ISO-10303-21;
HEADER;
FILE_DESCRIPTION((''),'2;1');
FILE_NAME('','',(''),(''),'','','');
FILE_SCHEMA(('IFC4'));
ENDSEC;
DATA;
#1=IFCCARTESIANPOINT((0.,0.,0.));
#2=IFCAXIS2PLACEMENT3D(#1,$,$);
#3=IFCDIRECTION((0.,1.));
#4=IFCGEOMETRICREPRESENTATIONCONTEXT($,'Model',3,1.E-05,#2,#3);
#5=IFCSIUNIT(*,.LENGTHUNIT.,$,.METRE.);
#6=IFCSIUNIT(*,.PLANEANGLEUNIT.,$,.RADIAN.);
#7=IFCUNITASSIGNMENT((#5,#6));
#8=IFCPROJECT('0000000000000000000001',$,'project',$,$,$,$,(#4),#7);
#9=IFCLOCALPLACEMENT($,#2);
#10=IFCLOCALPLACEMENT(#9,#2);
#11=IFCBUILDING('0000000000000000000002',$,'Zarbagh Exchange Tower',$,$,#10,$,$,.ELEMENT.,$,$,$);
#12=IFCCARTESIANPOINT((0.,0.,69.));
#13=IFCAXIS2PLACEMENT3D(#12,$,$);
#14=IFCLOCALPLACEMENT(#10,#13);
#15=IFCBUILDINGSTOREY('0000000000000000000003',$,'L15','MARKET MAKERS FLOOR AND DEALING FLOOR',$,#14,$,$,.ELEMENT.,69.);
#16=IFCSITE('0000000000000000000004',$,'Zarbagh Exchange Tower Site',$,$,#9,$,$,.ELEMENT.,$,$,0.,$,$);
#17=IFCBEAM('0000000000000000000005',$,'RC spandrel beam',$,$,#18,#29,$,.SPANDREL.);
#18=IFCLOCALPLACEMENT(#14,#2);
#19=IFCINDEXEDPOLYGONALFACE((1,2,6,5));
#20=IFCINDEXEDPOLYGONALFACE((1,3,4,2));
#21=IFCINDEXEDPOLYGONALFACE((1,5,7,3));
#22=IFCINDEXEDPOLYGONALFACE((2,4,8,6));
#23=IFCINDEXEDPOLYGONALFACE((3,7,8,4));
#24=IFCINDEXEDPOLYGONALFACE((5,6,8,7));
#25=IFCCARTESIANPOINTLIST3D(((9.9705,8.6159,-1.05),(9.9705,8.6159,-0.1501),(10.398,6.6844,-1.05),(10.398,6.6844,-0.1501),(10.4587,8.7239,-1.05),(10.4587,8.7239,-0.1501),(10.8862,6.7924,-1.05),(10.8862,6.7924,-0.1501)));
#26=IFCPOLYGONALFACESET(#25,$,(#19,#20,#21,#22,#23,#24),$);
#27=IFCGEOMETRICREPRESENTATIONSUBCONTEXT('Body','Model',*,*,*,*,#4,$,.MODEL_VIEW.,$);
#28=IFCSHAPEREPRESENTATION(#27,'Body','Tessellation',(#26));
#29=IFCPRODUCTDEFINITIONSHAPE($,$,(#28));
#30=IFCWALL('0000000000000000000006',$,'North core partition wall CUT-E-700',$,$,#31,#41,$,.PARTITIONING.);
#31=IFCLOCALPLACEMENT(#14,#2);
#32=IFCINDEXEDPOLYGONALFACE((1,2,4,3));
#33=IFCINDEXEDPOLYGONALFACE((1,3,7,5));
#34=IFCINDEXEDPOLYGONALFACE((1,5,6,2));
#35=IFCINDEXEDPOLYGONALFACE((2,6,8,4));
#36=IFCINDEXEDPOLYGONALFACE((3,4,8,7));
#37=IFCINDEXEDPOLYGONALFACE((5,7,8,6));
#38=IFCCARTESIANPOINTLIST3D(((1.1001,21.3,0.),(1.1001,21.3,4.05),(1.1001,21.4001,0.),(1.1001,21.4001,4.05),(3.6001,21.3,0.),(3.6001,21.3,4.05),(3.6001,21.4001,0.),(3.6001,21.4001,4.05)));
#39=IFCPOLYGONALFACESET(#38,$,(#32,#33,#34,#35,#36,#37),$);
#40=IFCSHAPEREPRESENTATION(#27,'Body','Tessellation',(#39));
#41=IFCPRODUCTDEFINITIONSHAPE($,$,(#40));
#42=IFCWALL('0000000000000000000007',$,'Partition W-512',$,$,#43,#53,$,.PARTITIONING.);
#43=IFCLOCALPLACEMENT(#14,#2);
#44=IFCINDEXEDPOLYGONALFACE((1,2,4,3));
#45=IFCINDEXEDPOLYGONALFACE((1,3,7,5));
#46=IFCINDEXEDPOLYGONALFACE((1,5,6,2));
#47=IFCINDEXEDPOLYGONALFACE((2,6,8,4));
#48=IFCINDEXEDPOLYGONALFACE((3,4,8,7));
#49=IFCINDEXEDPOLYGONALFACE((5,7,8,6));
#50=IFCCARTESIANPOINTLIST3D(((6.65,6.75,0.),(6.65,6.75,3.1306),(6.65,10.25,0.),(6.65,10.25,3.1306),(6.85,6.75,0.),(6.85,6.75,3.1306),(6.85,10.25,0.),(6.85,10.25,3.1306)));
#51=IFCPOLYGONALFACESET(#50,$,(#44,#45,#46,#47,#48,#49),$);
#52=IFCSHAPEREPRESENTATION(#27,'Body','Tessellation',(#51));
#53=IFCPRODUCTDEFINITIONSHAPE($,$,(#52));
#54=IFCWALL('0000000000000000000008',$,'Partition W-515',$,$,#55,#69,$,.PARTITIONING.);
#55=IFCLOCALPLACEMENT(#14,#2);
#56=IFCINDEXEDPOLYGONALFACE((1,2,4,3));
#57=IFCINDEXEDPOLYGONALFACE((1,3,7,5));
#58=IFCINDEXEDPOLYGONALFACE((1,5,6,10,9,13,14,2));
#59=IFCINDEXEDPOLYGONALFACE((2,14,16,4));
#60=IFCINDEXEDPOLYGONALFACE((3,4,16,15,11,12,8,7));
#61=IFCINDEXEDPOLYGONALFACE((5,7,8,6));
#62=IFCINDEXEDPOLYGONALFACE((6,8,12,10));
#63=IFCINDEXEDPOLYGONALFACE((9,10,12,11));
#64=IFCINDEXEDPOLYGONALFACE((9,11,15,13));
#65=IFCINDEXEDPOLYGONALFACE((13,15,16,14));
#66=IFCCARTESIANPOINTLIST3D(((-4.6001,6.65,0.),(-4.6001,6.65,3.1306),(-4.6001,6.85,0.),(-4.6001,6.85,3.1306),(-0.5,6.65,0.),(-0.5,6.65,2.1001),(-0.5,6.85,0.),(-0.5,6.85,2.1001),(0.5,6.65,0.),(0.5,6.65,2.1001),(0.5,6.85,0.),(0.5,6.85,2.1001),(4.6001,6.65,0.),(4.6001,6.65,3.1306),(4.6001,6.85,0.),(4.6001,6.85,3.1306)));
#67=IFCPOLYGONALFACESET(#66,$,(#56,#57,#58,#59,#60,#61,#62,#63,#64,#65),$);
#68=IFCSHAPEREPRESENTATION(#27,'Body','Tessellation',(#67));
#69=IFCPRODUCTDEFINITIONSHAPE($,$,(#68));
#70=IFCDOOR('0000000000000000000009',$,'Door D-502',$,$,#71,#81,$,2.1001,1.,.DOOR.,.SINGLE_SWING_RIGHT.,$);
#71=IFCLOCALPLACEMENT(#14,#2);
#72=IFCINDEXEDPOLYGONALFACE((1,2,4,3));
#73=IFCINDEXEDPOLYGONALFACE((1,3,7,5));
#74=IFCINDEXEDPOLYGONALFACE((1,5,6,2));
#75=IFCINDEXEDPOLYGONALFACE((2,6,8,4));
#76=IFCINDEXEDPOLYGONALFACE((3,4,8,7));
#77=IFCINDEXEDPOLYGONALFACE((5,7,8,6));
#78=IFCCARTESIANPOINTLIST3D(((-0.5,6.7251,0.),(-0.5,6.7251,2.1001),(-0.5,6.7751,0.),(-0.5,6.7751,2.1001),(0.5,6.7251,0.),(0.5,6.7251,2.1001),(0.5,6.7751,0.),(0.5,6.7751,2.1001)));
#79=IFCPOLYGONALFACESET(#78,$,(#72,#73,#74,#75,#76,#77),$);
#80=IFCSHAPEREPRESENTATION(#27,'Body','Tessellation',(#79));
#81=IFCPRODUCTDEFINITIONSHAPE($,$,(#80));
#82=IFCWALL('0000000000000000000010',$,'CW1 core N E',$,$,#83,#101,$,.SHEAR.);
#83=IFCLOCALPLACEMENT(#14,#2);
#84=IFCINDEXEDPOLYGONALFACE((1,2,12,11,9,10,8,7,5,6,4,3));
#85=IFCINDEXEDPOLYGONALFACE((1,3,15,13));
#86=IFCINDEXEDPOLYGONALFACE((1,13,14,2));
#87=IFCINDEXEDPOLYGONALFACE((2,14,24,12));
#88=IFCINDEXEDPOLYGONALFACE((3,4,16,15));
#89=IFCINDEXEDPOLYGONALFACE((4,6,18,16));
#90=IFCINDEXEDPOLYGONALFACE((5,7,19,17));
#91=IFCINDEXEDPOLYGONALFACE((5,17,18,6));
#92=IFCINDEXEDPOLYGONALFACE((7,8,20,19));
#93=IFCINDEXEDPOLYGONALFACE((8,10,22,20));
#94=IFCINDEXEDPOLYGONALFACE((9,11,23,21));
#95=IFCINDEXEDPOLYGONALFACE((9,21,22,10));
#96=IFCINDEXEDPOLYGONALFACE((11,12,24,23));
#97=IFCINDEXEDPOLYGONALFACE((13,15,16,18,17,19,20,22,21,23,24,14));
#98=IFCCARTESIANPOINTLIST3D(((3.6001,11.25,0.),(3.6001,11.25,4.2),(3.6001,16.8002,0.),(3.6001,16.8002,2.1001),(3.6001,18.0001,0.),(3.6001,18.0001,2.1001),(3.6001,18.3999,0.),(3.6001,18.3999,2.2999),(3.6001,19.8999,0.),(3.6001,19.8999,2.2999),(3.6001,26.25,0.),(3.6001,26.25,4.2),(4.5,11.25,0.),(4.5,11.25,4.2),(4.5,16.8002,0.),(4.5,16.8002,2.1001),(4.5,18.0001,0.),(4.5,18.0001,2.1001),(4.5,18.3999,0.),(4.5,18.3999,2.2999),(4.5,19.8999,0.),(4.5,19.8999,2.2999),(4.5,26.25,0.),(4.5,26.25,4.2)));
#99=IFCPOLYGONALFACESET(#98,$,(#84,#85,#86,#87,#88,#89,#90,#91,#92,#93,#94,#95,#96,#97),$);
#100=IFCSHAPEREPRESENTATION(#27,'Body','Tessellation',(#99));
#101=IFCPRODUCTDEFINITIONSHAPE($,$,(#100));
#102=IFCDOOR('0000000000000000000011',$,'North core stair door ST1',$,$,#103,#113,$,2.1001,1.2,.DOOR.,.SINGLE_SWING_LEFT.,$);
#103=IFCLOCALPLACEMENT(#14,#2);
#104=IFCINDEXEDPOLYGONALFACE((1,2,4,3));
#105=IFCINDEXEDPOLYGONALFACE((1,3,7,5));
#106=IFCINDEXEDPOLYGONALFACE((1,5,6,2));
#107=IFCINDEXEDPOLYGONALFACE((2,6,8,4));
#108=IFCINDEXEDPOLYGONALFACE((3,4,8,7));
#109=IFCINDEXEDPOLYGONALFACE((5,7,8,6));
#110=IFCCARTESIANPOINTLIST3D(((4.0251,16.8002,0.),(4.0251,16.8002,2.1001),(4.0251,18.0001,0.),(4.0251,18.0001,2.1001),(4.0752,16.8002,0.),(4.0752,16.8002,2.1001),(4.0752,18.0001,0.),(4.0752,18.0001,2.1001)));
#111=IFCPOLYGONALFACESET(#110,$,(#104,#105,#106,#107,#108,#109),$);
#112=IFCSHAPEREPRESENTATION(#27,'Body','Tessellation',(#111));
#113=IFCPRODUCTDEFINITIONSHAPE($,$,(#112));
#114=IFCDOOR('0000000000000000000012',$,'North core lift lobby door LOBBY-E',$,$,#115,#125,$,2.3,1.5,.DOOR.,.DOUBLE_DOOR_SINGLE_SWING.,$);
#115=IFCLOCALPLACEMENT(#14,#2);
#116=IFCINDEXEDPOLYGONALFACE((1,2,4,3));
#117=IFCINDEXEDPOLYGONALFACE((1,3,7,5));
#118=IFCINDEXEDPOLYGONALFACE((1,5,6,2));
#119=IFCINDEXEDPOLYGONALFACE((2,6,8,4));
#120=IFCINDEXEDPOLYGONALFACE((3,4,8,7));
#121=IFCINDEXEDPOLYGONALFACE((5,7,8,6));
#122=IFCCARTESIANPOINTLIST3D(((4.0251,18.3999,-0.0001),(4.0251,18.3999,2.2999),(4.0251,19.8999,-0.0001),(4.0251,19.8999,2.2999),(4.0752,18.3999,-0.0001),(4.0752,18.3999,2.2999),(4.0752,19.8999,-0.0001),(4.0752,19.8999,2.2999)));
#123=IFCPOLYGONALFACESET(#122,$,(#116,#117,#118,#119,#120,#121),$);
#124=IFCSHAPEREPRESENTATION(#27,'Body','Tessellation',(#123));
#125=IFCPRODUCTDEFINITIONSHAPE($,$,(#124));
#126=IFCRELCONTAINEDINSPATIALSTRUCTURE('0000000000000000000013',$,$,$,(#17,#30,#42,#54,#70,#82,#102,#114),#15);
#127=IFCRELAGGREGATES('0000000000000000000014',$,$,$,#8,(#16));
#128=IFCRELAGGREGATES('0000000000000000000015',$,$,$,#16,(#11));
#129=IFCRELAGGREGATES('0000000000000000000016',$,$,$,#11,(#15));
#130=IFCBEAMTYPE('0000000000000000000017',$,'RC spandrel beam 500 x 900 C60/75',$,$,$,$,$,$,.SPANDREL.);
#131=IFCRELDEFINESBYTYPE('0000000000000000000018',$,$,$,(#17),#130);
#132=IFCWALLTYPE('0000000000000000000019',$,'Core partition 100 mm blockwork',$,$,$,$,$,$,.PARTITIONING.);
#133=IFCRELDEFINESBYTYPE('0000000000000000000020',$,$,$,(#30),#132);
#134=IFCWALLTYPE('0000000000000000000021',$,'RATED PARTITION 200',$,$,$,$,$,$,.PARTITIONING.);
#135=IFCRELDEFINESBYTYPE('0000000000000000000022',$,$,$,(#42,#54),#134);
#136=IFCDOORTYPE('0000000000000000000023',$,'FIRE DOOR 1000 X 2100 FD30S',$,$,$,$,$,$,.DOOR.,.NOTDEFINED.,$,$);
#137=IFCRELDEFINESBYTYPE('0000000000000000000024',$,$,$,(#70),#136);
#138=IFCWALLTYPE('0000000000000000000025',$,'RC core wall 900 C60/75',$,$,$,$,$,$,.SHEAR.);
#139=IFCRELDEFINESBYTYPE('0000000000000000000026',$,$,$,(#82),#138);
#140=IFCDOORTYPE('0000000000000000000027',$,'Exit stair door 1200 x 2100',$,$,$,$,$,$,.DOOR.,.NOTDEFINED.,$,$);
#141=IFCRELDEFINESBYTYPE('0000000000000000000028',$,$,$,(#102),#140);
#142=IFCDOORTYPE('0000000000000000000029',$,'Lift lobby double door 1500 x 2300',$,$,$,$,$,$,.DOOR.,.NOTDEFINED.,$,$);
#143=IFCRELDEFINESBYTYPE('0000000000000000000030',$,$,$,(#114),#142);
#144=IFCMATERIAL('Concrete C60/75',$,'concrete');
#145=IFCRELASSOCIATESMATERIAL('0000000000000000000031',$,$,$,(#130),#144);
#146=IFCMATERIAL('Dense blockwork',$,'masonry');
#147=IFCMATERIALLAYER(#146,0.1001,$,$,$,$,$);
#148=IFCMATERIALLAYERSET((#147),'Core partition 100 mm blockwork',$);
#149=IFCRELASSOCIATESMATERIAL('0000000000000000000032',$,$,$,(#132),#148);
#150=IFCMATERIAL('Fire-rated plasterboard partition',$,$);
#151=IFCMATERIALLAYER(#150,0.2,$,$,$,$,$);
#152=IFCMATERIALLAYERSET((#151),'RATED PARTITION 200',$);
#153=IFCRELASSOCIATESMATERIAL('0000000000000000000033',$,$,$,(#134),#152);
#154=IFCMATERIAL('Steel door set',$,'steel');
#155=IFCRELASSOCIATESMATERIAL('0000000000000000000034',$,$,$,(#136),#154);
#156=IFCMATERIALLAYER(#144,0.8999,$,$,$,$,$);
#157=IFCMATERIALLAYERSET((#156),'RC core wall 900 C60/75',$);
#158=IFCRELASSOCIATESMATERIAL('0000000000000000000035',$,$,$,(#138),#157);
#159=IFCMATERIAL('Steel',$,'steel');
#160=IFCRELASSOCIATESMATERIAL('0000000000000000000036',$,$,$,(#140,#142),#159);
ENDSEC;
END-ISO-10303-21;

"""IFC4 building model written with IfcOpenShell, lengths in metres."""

from ifc_helpers import new_model, si_unit, direction, frame, frame_2d, origin, origin_2d, place, context, subcontext, project, spatial, rectangle, extrude, material, layer, layer_set, material_profile, profile_set, type_object, element, fill, save


model = new_model("IFC4")

# Units and contexts
model_context = context("Model", 3, precision=1e-05, world=origin(), true_north=direction((0.0, 1.0)))
body_context = subcontext(model_context, "Body", "Model", "MODEL_VIEW")
ifc_project = project(units=[si_unit("LENGTHUNIT", "METRE"), si_unit("PLANEANGLEUNIT", "RADIAN")], contexts=[model_context])

# Site, building, storey
site_placement = place(None, origin())
site = spatial("IfcSite", under=ifc_project, at=site_placement, Name="Zarbagh Exchange Tower Site", CompositionType="ELEMENT", RefElevation=0.0)
building_placement = place(site_placement, origin())
building = spatial("IfcBuilding", under=site, at=building_placement, Name="Zarbagh Exchange Tower", CompositionType="ELEMENT")
storey_placement = place(building_placement, frame((0.0, 0.0, 69.0)))
storey = spatial("IfcBuildingStorey", under=building, at=storey_placement, Name="L15", Description="MARKET MAKERS FLOOR AND DEALING FLOOR", CompositionType="ELEMENT", Elevation=69.0)

# Shared definitions
ifc_material_1 = material(Name="Concrete C60/75", Category="concrete")

# Beam
ifc_material_profile_1 = material_profile(ifc_material_1, rectangle(XDim=0.5, YDim=0.8999, at=origin_2d()), Name="RC spandrel beam 500 x 900 C60/75")
ifc_profile_set_1 = profile_set([ifc_material_profile_1], Name="Concrete C60/75")
beam_type = type_object("IfcBeamType", Name="RC spandrel beam 500 x 900 C60/75", PredefinedType="SPANDREL", material=ifc_profile_set_1)
beam_1_placement = place(storey_placement, frame((10.2146, 8.6699, -0.6001), z_axis=(0.216081, -0.976375, 0.0), x_axis=(0.976375, 0.216081, 0.0)))
element("IfcBeam", 1, at=beam_1_placement, inside=storey, type_object=beam_type, Name="RC spandrel beam", PredefinedType="SPANDREL", context=body_context, shape_type="SweptSolid", body=[
    extrude(rectangle(XDim=0.5, YDim=0.8999, at=origin_2d()), origin(), (0.0, 0.0, 1.0), 1.9783),
])

# Walls
ifc_material_2 = material(Name="Dense blockwork", Category="masonry")
ifc_layer_1 = layer(ifc_material_2, 0.1001)
ifc_layer_set_1 = layer_set([ifc_layer_1], Name="Core partition 100 mm blockwork")
wall_type_1 = type_object("IfcWallType", Name="Core partition 100 mm blockwork", PredefinedType="PARTITIONING", material=ifc_layer_set_1)
wall_1_placement = place(storey_placement, frame((1.1001, 21.3501, 0.0), z_axis=(0.0, 0.0, 1.0), x_axis=(1.0, 0.0, 0.0)))
element("IfcWall", 2, at=wall_1_placement, inside=storey, type_object=wall_type_1, Name="North core partition wall CUT-E-700", PredefinedType="PARTITIONING", context=body_context, shape_type="SweptSolid", body=[
    extrude(rectangle(XDim=2.5, YDim=0.1001, at=frame_2d((1.25, 0.0))), origin(), (0.0, 0.0, 1.0), 4.05),
])
ifc_material_3 = material(Name="Fire-rated plasterboard partition")
ifc_layer_2 = layer(ifc_material_3, 0.2)
ifc_layer_set_2 = layer_set([ifc_layer_2], Name="RATED PARTITION 200")
wall_type_2 = type_object("IfcWallType", Name="RATED PARTITION 200", PredefinedType="PARTITIONING", material=ifc_layer_set_2)
wall_2_placement = place(storey_placement, frame((6.75, 6.75, 0.0), z_axis=(0.0, 0.0, 1.0), x_axis=(0.0, 1.0, 0.0)))
element("IfcWall", 3, at=wall_2_placement, inside=storey, type_object=wall_type_2, Name="Partition W-512", PredefinedType="PARTITIONING", context=body_context, shape_type="SweptSolid", body=[
    extrude(rectangle(XDim=3.5, YDim=0.2, at=frame_2d((1.75, 0.0))), origin(), (0.0, 0.0, 1.0), 3.1306),
])

# Wall, opening, door
wall_3_placement = place(storey_placement, frame((4.6001, 6.75, 0.0), z_axis=(0.0, 0.0, 1.0), x_axis=(-1.0, 0.0, 0.0)))
wall_3 = element("IfcWall", 4, at=wall_3_placement, inside=storey, type_object=wall_type_2, Name="Partition W-515", PredefinedType="PARTITIONING", context=body_context, shape_type="SweptSolid", body=[
    extrude(rectangle(XDim=9.2002, YDim=0.2, at=frame_2d((4.6001, 0.0))), origin(), (0.0, 0.0, 1.0), 3.1306),
])
opening_1_placement = place(wall_3_placement, frame((4.1001, 0.0, 0.0)))
opening_1 = element("IfcOpeningElement", 5, at=opening_1_placement, cuts=wall_3, PredefinedType="OPENING", context=body_context, shape_type="SweptSolid", body=[
    extrude(rectangle(XDim=1.0, YDim=2.1001, at=frame_2d((0.5, 1.05))), frame((0.0, 0.1099, 0.0), z_axis=(0.0, -1.0, 0.0), x_axis=(1.0, 0.0, 0.0)), (0.0, 0.0, 1.0), 0.22),
])
ifc_material_4 = material(Name="Steel door set", Category="steel")
door_type_1 = type_object("IfcDoorType", Name="FIRE DOOR 1000 X 2100 FD30S", OperationType="NOTDEFINED", PredefinedType="DOOR", material=ifc_material_4)
door_1_placement = place(opening_1_placement, origin())
door_1 = element("IfcDoor", 6, at=door_1_placement, inside=storey, type_object=door_type_1, Name="Door D-502", OperationType="SINGLE_SWING_RIGHT", OverallHeight=2.1001, OverallWidth=1.0, PredefinedType="DOOR", context=body_context, shape_type="SweptSolid", body=[
    extrude(rectangle(XDim=1.0, YDim=2.1001, at=frame_2d((0.5, 1.05))), frame((0.0, 0.0249, 0.0), z_axis=(0.0, -1.0, 0.0), x_axis=(1.0, 0.0, 0.0)), (0.0, 0.0, 1.0), 0.05),
])
fill(opening_1, door_1)

# Wall, openings, doors
ifc_layer_3 = layer(ifc_material_1, 0.8999)
ifc_layer_set_3 = layer_set([ifc_layer_3], Name="RC core wall 900 C60/75")
wall_type_3 = type_object("IfcWallType", Name="RC core wall 900 C60/75", PredefinedType="SHEAR", material=ifc_layer_set_3)
wall_4_placement = place(storey_placement, frame((4.05, 11.25, 0.0), z_axis=(0.0, 0.0, 1.0), x_axis=(0.0, 1.0, 0.0)))
wall_4 = element("IfcWall", 7, at=wall_4_placement, inside=storey, type_object=wall_type_3, Name="CW1 core N E", PredefinedType="SHEAR", context=body_context, shape_type="SweptSolid", body=[
    extrude(rectangle(XDim=15.0, YDim=0.8999, at=frame_2d((7.5, 0.0))), origin(), (0.0, 0.0, 1.0), 4.2),
])
opening_2_placement = place(wall_4_placement, frame((7.1499, 0.0, 0.0)))
opening_2 = element("IfcOpeningElement", 8, at=opening_2_placement, cuts=wall_4, PredefinedType="OPENING", context=body_context, shape_type="SweptSolid", body=[
    extrude(rectangle(XDim=1.5, YDim=2.3, at=frame_2d((0.75, 1.1499))), frame((0.0, 0.46, 0.0), z_axis=(0.0, -1.0, 0.0), x_axis=(1.0, 0.0, 0.0)), (0.0, 0.0, 1.0), 0.9199),
])
opening_3_placement = place(wall_4_placement, frame((5.55, 0.0, 0.0)))
opening_3 = element("IfcOpeningElement", 9, at=opening_3_placement, cuts=wall_4, PredefinedType="OPENING", context=body_context, shape_type="SweptSolid", body=[
    extrude(rectangle(XDim=1.2, YDim=2.1001, at=frame_2d((0.6001, 1.05))), frame((0.0, 0.46, 0.0), z_axis=(0.0, -1.0, 0.0), x_axis=(1.0, 0.0, 0.0)), (0.0, 0.0, 1.0), 0.9199),
])
ifc_material_5 = material(Name="Steel", Category="steel")
door_type_2 = type_object("IfcDoorType", Name="Exit stair door 1200 x 2100", OperationType="NOTDEFINED", PredefinedType="DOOR", material=ifc_material_5)
door_2_placement = place(opening_3_placement, origin())
door_2 = element("IfcDoor", 10, at=door_2_placement, inside=storey, type_object=door_type_2, Name="North core stair door ST1", OperationType="SINGLE_SWING_LEFT", OverallHeight=2.1001, OverallWidth=1.2, PredefinedType="DOOR", context=body_context, shape_type="SweptSolid", body=[
    extrude(rectangle(XDim=1.2, YDim=2.1001, at=frame_2d((0.6001, 1.05))), frame((0.0, 0.0249, 0.0), z_axis=(0.0, -1.0, 0.0), x_axis=(1.0, 0.0, 0.0)), (0.0, 0.0, 1.0), 0.05),
])
fill(opening_3, door_2)
door_type_3 = type_object("IfcDoorType", Name="Lift lobby double door 1500 x 2300", OperationType="NOTDEFINED", PredefinedType="DOOR", material=ifc_material_5)
door_3_placement = place(opening_2_placement, origin())
door_3 = element("IfcDoor", 11, at=door_3_placement, inside=storey, type_object=door_type_3, Name="North core lift lobby door LOBBY-E", OperationType="DOUBLE_DOOR_SINGLE_SWING", OverallHeight=2.3, OverallWidth=1.5, PredefinedType="DOOR", context=body_context, shape_type="SweptSolid", body=[
    extrude(rectangle(XDim=1.5, YDim=2.3, at=frame_2d((0.75, 1.1499))), frame((0.0, 0.0249, 0.0), z_axis=(0.0, -1.0, 0.0), x_axis=(1.0, 0.0, 0.0)), (0.0, 0.0, 1.0), 0.05),
])
fill(opening_2, door_3)

save(model, "model.ifc")
